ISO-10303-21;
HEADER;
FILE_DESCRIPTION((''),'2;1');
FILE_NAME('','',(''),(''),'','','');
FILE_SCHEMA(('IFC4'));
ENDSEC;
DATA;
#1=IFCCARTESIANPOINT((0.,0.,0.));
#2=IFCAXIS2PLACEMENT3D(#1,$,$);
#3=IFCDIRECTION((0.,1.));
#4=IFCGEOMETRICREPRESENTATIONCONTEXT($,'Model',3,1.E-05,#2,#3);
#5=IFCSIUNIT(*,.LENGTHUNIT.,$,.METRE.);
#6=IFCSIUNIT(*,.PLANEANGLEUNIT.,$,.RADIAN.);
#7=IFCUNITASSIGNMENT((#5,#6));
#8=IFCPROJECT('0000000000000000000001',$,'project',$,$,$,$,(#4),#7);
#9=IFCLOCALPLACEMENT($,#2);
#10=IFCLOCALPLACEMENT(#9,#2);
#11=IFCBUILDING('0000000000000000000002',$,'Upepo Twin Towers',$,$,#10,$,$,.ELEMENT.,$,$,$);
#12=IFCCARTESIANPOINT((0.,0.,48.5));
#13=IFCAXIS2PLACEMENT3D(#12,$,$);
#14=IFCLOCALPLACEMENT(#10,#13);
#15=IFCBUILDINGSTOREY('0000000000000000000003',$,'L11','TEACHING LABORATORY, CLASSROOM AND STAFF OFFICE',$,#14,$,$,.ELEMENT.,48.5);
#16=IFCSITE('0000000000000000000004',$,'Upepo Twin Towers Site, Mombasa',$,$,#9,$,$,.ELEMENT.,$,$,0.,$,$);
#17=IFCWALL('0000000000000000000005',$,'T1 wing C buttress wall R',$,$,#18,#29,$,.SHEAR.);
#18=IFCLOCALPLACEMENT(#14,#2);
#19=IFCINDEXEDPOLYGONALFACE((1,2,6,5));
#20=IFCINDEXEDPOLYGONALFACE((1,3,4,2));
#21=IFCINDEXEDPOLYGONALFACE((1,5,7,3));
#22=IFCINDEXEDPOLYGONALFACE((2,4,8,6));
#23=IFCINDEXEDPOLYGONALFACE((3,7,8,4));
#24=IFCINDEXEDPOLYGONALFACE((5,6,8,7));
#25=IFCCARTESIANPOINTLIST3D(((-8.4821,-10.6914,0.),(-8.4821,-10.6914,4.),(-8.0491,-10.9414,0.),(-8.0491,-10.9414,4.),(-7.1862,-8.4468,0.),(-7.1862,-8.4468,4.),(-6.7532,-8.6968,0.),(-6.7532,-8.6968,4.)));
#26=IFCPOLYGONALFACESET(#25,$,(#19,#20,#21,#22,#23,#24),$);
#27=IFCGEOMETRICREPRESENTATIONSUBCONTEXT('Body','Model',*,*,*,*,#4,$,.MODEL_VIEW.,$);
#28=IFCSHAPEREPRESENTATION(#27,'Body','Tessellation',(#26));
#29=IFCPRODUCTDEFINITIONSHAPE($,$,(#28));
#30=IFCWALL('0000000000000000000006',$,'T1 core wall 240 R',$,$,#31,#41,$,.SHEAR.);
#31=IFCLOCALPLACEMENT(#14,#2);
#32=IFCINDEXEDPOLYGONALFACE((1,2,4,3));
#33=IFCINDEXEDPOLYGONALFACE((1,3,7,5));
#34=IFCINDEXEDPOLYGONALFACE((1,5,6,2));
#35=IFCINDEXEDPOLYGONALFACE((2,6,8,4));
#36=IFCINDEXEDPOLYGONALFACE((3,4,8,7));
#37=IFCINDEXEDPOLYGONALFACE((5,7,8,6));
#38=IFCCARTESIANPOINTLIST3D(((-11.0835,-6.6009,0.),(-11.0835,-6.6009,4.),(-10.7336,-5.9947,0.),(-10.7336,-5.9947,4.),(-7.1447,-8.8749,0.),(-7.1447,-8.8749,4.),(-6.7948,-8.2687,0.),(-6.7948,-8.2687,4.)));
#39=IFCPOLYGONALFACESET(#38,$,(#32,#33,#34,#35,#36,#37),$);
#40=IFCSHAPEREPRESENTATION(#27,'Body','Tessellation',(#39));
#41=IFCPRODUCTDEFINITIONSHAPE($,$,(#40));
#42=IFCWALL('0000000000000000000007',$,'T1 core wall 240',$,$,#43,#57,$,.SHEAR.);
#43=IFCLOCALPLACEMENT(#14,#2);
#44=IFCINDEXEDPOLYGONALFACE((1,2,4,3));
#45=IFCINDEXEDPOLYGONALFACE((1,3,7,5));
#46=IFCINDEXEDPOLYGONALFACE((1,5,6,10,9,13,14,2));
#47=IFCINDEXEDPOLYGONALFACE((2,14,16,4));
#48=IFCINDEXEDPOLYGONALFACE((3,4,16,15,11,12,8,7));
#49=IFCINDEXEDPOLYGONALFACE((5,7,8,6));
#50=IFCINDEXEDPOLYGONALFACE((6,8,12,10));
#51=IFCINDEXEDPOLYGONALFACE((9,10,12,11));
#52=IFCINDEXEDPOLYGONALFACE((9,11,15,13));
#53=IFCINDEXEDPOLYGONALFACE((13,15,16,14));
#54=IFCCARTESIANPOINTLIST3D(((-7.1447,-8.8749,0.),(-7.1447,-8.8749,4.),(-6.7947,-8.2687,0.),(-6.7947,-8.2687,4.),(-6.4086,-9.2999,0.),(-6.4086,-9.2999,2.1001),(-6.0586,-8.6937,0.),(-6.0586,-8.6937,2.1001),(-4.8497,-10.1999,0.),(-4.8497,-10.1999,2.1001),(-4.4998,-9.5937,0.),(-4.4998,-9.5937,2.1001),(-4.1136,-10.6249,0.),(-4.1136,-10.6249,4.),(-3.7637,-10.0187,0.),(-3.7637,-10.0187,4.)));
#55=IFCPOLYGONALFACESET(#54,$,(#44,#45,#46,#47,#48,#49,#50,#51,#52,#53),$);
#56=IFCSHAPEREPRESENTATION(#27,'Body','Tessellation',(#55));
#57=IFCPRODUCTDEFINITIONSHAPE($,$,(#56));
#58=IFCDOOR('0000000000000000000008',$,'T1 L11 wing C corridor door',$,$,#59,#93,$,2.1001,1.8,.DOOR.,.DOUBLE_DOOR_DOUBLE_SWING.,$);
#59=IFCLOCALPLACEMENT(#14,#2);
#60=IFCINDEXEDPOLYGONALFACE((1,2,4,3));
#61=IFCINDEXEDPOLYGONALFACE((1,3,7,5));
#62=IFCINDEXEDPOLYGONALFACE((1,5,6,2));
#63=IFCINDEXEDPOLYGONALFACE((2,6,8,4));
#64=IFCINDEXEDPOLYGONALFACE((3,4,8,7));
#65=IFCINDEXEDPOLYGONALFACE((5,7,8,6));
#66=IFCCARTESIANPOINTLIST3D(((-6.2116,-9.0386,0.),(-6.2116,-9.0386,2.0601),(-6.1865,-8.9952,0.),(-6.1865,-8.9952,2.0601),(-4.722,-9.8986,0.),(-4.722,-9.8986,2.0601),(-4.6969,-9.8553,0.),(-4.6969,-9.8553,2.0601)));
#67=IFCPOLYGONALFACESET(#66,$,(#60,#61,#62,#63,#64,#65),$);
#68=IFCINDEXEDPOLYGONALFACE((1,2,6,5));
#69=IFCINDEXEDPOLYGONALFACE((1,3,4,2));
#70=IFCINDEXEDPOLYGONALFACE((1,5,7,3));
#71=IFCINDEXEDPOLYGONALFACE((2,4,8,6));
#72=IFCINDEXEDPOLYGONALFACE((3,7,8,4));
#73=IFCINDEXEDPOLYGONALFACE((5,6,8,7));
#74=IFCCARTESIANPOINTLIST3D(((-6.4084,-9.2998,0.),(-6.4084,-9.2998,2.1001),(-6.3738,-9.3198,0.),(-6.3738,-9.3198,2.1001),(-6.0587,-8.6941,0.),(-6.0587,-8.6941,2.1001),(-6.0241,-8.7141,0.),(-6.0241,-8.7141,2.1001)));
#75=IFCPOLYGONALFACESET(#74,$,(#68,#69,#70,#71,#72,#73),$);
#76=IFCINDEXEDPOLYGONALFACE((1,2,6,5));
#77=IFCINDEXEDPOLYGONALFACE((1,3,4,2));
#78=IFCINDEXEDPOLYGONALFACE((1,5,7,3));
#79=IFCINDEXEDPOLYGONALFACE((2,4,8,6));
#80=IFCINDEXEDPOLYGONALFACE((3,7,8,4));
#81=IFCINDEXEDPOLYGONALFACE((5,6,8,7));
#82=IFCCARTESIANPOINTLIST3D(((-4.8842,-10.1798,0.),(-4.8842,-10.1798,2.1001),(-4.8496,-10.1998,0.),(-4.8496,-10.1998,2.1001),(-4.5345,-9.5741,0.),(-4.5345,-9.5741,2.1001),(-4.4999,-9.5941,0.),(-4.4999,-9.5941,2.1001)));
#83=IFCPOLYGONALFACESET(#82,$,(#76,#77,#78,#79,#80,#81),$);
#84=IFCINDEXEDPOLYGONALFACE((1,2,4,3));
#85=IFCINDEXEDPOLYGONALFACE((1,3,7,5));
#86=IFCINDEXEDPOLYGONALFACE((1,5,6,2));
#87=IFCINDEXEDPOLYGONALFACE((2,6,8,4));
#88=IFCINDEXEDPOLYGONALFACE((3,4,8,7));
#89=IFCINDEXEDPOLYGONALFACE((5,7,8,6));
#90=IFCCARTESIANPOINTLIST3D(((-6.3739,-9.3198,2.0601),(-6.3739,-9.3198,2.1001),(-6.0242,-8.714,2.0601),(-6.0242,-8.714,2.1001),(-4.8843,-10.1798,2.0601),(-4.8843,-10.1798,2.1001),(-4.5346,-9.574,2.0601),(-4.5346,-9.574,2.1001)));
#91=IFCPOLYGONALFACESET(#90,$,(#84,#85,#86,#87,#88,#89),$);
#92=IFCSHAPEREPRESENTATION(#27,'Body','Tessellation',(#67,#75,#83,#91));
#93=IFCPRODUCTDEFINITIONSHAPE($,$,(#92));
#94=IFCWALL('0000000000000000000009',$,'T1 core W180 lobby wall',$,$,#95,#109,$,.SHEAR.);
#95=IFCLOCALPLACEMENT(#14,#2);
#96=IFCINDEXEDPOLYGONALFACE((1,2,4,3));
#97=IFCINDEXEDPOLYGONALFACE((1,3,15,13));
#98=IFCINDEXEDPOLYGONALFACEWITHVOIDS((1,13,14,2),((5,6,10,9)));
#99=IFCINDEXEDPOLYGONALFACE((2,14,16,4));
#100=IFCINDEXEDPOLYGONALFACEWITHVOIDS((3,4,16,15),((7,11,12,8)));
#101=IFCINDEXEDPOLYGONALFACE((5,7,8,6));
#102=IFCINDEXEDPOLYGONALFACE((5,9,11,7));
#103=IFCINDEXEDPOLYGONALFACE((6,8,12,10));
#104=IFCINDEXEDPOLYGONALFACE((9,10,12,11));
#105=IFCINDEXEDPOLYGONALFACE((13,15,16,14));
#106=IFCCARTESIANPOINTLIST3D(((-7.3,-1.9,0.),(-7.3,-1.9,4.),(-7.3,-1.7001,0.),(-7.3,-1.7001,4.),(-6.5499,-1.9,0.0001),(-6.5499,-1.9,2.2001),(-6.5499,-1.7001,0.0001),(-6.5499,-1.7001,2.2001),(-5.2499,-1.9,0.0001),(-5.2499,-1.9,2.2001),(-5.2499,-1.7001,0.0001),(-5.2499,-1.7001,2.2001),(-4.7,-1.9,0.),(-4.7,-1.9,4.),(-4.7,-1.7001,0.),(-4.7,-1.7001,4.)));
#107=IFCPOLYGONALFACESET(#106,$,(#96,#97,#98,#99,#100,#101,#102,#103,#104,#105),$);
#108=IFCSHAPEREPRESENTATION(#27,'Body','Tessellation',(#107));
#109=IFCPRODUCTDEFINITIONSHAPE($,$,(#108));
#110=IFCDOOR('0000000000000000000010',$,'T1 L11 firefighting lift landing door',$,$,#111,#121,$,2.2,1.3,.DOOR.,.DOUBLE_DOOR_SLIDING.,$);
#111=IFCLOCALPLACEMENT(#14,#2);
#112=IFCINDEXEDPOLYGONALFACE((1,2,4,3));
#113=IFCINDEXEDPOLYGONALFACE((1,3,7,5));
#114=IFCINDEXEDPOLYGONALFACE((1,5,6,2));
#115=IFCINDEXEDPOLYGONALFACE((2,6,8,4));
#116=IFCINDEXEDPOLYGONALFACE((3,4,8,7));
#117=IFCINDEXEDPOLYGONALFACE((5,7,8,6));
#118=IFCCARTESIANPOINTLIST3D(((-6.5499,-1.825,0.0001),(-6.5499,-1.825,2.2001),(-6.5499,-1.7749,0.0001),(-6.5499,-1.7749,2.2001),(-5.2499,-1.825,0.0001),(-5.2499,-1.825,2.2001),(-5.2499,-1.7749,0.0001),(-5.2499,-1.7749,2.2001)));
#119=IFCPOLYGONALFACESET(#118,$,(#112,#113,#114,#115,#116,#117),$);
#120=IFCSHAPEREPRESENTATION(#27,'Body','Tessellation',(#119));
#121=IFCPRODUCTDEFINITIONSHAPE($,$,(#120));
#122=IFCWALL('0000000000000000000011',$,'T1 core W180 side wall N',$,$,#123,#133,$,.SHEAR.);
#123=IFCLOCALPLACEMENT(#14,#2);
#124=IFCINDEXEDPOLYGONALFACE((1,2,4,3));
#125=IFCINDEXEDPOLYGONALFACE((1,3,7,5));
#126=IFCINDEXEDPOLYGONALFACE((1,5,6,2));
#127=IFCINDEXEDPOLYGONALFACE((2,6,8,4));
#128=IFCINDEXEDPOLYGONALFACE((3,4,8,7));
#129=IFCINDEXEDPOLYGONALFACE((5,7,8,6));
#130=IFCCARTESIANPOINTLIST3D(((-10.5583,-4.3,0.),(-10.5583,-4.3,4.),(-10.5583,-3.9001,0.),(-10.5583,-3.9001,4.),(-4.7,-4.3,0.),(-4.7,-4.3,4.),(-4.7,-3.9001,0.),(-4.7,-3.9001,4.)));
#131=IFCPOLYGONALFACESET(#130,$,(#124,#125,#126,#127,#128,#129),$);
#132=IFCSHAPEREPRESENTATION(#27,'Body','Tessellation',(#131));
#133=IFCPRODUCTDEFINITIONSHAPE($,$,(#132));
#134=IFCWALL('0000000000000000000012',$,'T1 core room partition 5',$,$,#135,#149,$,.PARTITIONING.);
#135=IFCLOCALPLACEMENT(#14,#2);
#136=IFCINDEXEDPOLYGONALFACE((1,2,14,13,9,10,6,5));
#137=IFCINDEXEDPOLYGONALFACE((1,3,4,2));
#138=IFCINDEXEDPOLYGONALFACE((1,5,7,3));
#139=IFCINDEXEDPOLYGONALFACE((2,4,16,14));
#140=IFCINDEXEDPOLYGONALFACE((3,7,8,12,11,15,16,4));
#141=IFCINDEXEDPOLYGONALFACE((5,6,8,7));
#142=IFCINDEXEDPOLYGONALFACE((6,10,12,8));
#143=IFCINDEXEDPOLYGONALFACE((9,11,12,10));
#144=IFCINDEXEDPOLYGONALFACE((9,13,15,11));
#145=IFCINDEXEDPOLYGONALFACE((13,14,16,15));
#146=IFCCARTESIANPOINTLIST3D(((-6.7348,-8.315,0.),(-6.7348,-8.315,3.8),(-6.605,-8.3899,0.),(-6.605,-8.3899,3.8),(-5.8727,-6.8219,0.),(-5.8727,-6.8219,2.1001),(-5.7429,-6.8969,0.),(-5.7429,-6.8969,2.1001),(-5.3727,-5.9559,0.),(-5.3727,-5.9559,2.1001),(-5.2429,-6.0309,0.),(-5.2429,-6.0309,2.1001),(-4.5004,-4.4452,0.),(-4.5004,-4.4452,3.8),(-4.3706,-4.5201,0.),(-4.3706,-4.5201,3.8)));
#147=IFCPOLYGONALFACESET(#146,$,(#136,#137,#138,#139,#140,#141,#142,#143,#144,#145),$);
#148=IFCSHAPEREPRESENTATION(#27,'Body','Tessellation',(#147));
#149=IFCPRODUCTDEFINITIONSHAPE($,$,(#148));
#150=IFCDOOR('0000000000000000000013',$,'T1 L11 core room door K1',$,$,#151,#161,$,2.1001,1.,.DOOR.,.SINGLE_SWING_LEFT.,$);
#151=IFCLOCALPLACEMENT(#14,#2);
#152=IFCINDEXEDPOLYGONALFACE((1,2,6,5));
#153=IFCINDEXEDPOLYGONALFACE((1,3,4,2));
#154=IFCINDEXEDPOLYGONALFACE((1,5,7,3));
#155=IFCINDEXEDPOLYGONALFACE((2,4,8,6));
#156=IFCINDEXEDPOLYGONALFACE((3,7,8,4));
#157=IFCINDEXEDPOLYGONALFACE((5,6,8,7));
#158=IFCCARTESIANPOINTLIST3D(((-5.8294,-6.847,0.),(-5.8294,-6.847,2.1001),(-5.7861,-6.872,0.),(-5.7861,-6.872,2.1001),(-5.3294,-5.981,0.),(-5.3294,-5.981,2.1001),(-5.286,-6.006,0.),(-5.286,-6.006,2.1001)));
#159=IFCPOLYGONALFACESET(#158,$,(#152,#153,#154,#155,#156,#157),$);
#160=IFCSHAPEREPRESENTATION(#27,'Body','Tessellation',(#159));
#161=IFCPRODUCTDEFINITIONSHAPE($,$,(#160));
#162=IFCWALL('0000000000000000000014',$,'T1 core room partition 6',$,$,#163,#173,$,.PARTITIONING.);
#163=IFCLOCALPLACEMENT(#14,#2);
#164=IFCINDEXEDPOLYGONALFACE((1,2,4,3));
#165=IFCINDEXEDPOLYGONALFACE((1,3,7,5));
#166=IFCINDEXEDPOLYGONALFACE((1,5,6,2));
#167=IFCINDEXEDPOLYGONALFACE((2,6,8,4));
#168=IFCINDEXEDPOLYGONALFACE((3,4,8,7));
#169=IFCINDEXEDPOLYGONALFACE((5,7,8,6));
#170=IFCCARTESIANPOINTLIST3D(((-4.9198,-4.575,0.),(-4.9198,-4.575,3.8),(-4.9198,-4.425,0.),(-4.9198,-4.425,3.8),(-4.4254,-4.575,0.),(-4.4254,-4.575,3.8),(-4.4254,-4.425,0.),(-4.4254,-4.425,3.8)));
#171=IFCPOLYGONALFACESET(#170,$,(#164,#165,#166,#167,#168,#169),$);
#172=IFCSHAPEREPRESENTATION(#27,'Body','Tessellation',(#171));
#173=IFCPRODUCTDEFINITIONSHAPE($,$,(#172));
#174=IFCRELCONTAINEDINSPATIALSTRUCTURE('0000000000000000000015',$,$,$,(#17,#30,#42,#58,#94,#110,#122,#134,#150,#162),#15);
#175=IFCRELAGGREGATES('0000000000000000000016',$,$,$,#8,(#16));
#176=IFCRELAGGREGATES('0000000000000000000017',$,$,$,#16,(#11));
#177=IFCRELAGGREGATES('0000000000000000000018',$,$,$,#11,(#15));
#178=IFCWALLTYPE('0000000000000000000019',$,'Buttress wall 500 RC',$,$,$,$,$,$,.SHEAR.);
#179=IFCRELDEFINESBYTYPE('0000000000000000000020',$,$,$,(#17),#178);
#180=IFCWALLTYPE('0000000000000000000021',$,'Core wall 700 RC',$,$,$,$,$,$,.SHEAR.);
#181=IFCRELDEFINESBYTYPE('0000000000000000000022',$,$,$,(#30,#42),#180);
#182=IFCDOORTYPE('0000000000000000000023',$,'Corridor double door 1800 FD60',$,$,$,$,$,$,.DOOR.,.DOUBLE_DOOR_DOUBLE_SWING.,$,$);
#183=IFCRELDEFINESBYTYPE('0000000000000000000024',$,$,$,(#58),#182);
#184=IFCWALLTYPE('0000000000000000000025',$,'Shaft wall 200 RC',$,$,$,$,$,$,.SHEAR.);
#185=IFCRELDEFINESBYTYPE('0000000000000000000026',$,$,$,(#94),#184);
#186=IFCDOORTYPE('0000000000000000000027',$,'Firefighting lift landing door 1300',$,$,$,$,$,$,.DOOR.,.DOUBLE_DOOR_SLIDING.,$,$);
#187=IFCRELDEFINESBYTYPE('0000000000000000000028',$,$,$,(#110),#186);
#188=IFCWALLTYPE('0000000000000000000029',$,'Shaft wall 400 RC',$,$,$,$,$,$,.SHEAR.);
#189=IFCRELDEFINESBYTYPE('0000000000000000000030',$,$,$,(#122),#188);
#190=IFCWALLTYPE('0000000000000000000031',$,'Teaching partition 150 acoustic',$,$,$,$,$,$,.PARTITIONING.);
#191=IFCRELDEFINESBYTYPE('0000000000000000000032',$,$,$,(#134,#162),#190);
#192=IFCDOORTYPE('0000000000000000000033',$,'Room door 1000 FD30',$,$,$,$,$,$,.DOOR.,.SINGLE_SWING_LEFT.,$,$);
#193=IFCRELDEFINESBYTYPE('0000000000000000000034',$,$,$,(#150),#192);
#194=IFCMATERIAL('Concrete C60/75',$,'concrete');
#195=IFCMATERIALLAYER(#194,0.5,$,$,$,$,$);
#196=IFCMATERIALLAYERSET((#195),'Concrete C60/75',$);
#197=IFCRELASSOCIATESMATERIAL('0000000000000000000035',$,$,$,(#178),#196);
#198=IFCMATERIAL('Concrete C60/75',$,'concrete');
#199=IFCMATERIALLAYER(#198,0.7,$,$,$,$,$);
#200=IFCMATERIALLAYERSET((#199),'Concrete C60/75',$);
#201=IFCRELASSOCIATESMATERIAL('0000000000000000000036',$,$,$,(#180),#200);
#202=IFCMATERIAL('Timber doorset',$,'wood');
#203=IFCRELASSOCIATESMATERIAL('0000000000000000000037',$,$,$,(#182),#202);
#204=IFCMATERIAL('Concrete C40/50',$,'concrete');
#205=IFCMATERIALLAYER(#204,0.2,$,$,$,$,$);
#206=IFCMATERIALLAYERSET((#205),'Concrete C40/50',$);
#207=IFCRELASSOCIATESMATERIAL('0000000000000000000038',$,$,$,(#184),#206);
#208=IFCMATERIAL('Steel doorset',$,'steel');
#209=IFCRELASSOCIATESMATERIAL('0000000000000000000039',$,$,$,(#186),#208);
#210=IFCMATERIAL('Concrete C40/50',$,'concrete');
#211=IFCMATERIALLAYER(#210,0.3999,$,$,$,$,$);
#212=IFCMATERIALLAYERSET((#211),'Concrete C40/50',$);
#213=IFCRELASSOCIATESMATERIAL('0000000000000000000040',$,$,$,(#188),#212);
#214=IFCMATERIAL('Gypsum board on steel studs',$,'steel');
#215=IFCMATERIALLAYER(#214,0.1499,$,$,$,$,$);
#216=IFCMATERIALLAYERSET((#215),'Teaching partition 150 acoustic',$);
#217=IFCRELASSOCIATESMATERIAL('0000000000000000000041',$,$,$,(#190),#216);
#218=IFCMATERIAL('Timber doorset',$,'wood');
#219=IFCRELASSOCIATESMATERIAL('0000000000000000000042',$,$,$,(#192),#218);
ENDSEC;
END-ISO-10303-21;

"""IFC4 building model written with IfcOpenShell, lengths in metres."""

from ifc_helpers import new_model, si_unit, direction, frame, frame_2d, origin, place, context, subcontext, project, spatial, rectangle, extrude, material, layer, layer_set, type_object, element, fill, save


model = new_model("IFC4")

# Units and contexts
model_context = context("Model", 3, precision=1e-05, world=origin(), true_north=direction((0.0, 1.0)))
body_context = subcontext(model_context, "Body", "Model", "MODEL_VIEW")
ifc_project = project(units=[si_unit("LENGTHUNIT", "METRE"), si_unit("PLANEANGLEUNIT", "RADIAN")], contexts=[model_context])

# Site, building, storey
site_placement = place(None, origin())
site = spatial("IfcSite", under=ifc_project, at=site_placement, Name="Upepo Twin Towers Site, Mombasa", CompositionType="ELEMENT", RefElevation=0.0)
building_placement = place(site_placement, origin())
building = spatial("IfcBuilding", under=site, at=building_placement, Name="Upepo Twin Towers", CompositionType="ELEMENT")
storey_placement = place(building_placement, frame((0.0, 0.0, 48.5)))
storey = spatial("IfcBuildingStorey", under=building, at=storey_placement, Name="L11", Description="TEACHING LABORATORY, CLASSROOM AND STAFF OFFICE", CompositionType="ELEMENT", Elevation=48.5)

# Walls
ifc_material_1 = material(Name="Concrete C60/75", Category="concrete")
ifc_layer_1 = layer(ifc_material_1, 0.5)
ifc_layer_set_1 = layer_set([ifc_layer_1], Name="Concrete C60/75")
wall_type_1 = type_object("IfcWallType", Name="Buttress wall 500 RC", PredefinedType="SHEAR", material=ifc_layer_set_1)
for number, where, z_axis, x_axis, name in (
    (1, (-6.9697, -8.5718, 0.0), (0.0, 0.0, 1.0), (-0.499989, -0.866032, 0.0), "T1 wing C buttress wall R"),
):
    element("IfcWall", number, at=place(storey_placement, frame(where, z_axis=z_axis, x_axis=x_axis)), inside=storey, type_object=wall_type_1, Name=name, PredefinedType="SHEAR", context=body_context, shape_type="SweptSolid", body=[
        extrude(rectangle(XDim=2.5918, YDim=0.5, at=frame_2d((1.2959, 0.0))), origin(), (0.0, 0.0, 1.0), 4.0),
    ])
ifc_material_2 = material(Name="Concrete C60/75", Category="concrete")
ifc_layer_2 = layer(ifc_material_2, 0.7)
ifc_layer_set_2 = layer_set([ifc_layer_2], Name="Concrete C60/75")
wall_type_2 = type_object("IfcWallType", Name="Core wall 700 RC", PredefinedType="SHEAR", material=ifc_layer_set_2)
wall_1_placement = place(storey_placement, frame((-10.9084, -6.2979, 0.0), z_axis=(0.0, 0.0, 1.0), x_axis=(0.866035, -0.499984, 0.0)))
element("IfcWall", 2, at=wall_1_placement, inside=storey, type_object=wall_type_2, Name="T1 core wall 240 R", PredefinedType="SHEAR", context=body_context, shape_type="SweptSolid", body=[
    extrude(rectangle(XDim=4.5481, YDim=0.7, at=frame_2d((2.2739, 0.0))), origin(), (0.0, 0.0, 1.0), 4.0),
])

# Walls, openings, doors
wall_2_placement = place(storey_placement, frame((-6.9697, -8.5718, 0.0), z_axis=(0.0, 0.0, 1.0), x_axis=(0.866019, -0.50001, 0.0)))
wall_2 = element("IfcWall", 3, at=wall_2_placement, inside=storey, type_object=wall_type_2, Name="T1 core wall 240", PredefinedType="SHEAR", context=body_context, shape_type="SweptSolid", body=[
    extrude(rectangle(XDim=3.5, YDim=0.7, at=frame_2d((1.75, 0.0))), origin(), (0.0, 0.0, 1.0), 4.0),
])
opening_1_placement = place(wall_2_placement, frame((0.8501, 0.0, 0.0)))
opening_1 = element("IfcOpeningElement", 4, at=opening_1_placement, cuts=wall_2, PredefinedType="OPENING", context=body_context, shape_type="SweptSolid", body=[
    extrude(rectangle(XDim=1.8, YDim=2.1001, at=frame_2d((0.8999, 1.05))), frame((0.0, 0.3599, 0.0), z_axis=(0.0, -1.0, 0.0), x_axis=(1.0, 0.0, 0.0)), (0.0, 0.0, 1.0), 0.72),
])
ifc_material_3 = material(Name="Timber doorset", Category="wood")
door_type_1 = type_object("IfcDoorType", Name="Corridor double door 1800 FD60", OperationType="DOUBLE_DOOR_DOUBLE_SWING", PredefinedType="DOOR", material=ifc_material_3)
door_1_placement = place(opening_1_placement, origin())
door_1 = element("IfcDoor", 5, at=door_1_placement, inside=storey, type_object=door_type_1, Name="T1 L11 wing C corridor door", OperationType="DOUBLE_DOOR_DOUBLE_SWING", OverallHeight=2.1001, OverallWidth=1.8, PredefinedType="DOOR", context=body_context, shape_type="SweptSolid", body=[
    extrude(rectangle(XDim=1.72, YDim=2.0601, at=frame_2d((0.8999, 1.03))), frame((0.0, 0.0249, 0.0), z_axis=(0.0, -1.0, 0.0), x_axis=(1.0, 0.0, 0.0)), (0.0, 0.0, 1.0), 0.05),
    extrude(rectangle(XDim=0.04, YDim=2.1001, at=frame_2d((0.02, 1.05))), frame((0.0, 0.3496, 0.0), z_axis=(0.0, -1.0, 0.0), x_axis=(1.0, 0.0, 0.0)), (0.0, 0.0, 1.0), 0.6995),
    extrude(rectangle(XDim=0.04, YDim=2.1001, at=frame_2d((1.78, 1.05))), frame((0.0, 0.3496, 0.0), z_axis=(0.0, -1.0, 0.0), x_axis=(1.0, 0.0, 0.0)), (0.0, 0.0, 1.0), 0.6995),
    extrude(rectangle(XDim=1.72, YDim=0.04, at=frame_2d((0.8999, 2.0801))), frame((0.0, 0.3496, 0.0), z_axis=(0.0, -1.0, 0.0), x_axis=(1.0, 0.0, 0.0)), (0.0, 0.0, 1.0), 0.6995),
])
fill(opening_1, door_1)
ifc_material_4 = material(Name="Concrete C40/50", Category="concrete")
ifc_layer_3 = layer(ifc_material_4, 0.2)
ifc_layer_set_3 = layer_set([ifc_layer_3], Name="Concrete C40/50")
wall_type_3 = type_object("IfcWallType", Name="Shaft wall 200 RC", PredefinedType="SHEAR", material=ifc_layer_set_3)
wall_3_placement = place(storey_placement, frame((-4.7, -1.8, 0.0), z_axis=(0.0, 0.0, 1.0), x_axis=(-1.0, 0.0, 0.0)))
wall_3 = element("IfcWall", 6, at=wall_3_placement, inside=storey, type_object=wall_type_3, Name="T1 core W180 lobby wall", PredefinedType="SHEAR", context=body_context, shape_type="SweptSolid", body=[
    extrude(rectangle(XDim=2.6001, YDim=0.2, at=frame_2d((1.3, 0.0))), origin(), (0.0, 0.0, 1.0), 4.0),
])
opening_2_placement = place(wall_3_placement, frame((0.55, 0.0, 0.0)))
opening_2 = element("IfcOpeningElement", 7, at=opening_2_placement, cuts=wall_3, PredefinedType="OPENING", context=body_context, shape_type="SweptSolid", body=[
    extrude(rectangle(XDim=1.3, YDim=2.2, at=frame_2d((0.6499, 1.1001))), frame((0.0, 0.1099, 0.0), z_axis=(0.0, -1.0, 0.0), x_axis=(1.0, 0.0, 0.0)), (0.0, 0.0, 1.0), 0.22),
])
ifc_material_5 = material(Name="Steel doorset", Category="steel")
door_type_2 = type_object("IfcDoorType", Name="Firefighting lift landing door 1300", OperationType="DOUBLE_DOOR_SLIDING", PredefinedType="DOOR", material=ifc_material_5)
door_2_placement = place(opening_2_placement, origin())
door_2 = element("IfcDoor", 8, at=door_2_placement, inside=storey, type_object=door_type_2, Name="T1 L11 firefighting lift landing door", OperationType="DOUBLE_DOOR_SLIDING", OverallHeight=2.2, OverallWidth=1.3, PredefinedType="DOOR", context=body_context, shape_type="SweptSolid", body=[
    extrude(rectangle(XDim=1.3, YDim=2.2, at=frame_2d((0.6499, 1.1001))), frame((0.0, 0.0249, 0.0), z_axis=(0.0, -1.0, 0.0), x_axis=(1.0, 0.0, 0.0)), (0.0, 0.0, 1.0), 0.05),
])
fill(opening_2, door_2)

# Wall
ifc_material_6 = material(Name="Concrete C40/50", Category="concrete")
ifc_layer_4 = layer(ifc_material_6, 0.3999)
ifc_layer_set_4 = layer_set([ifc_layer_4], Name="Concrete C40/50")
wall_type_4 = type_object("IfcWallType", Name="Shaft wall 400 RC", PredefinedType="SHEAR", material=ifc_layer_set_4)
wall_4_placement = place(storey_placement, frame((-4.7, -4.1001, 0.0), z_axis=(0.0, 0.0, 1.0), x_axis=(-1.0, 0.0, 0.0)))
element("IfcWall", 9, at=wall_4_placement, inside=storey, type_object=wall_type_4, Name="T1 core W180 side wall N", PredefinedType="SHEAR", context=body_context, shape_type="SweptSolid", body=[
    extrude(rectangle(XDim=5.8584, YDim=0.3999, at=frame_2d((2.9292, 0.0))), origin(), (0.0, 0.0, 1.0), 4.0),
])

# Wall, opening, door
ifc_material_7 = material(Name="Gypsum board on steel studs", Category="steel")
ifc_layer_5 = layer(ifc_material_7, 0.1499)
ifc_layer_set_5 = layer_set([ifc_layer_5], Name="Teaching partition 150 acoustic")
wall_type_5 = type_object("IfcWallType", Name="Teaching partition 150 acoustic", PredefinedType="PARTITIONING", material=ifc_layer_set_5)
wall_5_placement = place(storey_placement, frame((-6.6699, -8.3525, 0.0), z_axis=(0.0, 0.0, 1.0), x_axis=(0.500017, 0.866015, 0.0)))
wall_5 = element("IfcWall", 10, at=wall_5_placement, inside=storey, type_object=wall_type_5, Name="T1 core room partition 5", PredefinedType="PARTITIONING", context=body_context, shape_type="SweptSolid", body=[
    extrude(rectangle(XDim=4.4685, YDim=0.1499, at=frame_2d((2.2344, 0.0))), origin(), (0.0, 0.0, 1.0), 3.8),
])
opening_3_placement = place(wall_5_placement, frame((1.7241, 0.0, 0.0)))
opening_3 = element("IfcOpeningElement", 11, at=opening_3_placement, cuts=wall_5, PredefinedType="OPENING", context=body_context, shape_type="SweptSolid", body=[
    extrude(rectangle(XDim=1.0, YDim=2.1001, at=frame_2d((0.5, 1.05))), frame((0.0, 0.085, 0.0), z_axis=(0.0, -1.0, 0.0), x_axis=(1.0, 0.0, 0.0)), (0.0, 0.0, 1.0), 0.1699),
])
ifc_material_8 = material(Name="Timber doorset", Category="wood")
door_type_3 = type_object("IfcDoorType", Name="Room door 1000 FD30", OperationType="SINGLE_SWING_LEFT", PredefinedType="DOOR", material=ifc_material_8)
door_3_placement = place(opening_3_placement, origin())
door_3 = element("IfcDoor", 12, at=door_3_placement, inside=storey, type_object=door_type_3, Name="T1 L11 core room door K1", OperationType="SINGLE_SWING_LEFT", OverallHeight=2.1001, OverallWidth=1.0, PredefinedType="DOOR", context=body_context, shape_type="SweptSolid", body=[
    extrude(rectangle(XDim=1.0, YDim=2.1001, at=frame_2d((0.5, 1.05))), frame((0.0, 0.0249, 0.0), z_axis=(0.0, -1.0, 0.0), x_axis=(1.0, 0.0, 0.0)), (0.0, 0.0, 1.0), 0.05),
])
fill(opening_3, door_3)

# Wall
wall_6_placement = place(storey_placement, frame((-4.4255, -4.5, 0.0), z_axis=(0.0, 0.0, 1.0), x_axis=(-1.0, 0.0, 0.0)))
element("IfcWall", 13, at=wall_6_placement, inside=storey, type_object=wall_type_5, Name="T1 core room partition 6", PredefinedType="PARTITIONING", context=body_context, shape_type="SweptSolid", body=[
    extrude(rectangle(XDim=0.4944, YDim=0.1499, at=frame_2d((0.2471, 0.0))), origin(), (0.0, 0.0, 1.0), 3.8),
])

save(model, "model.ifc")
